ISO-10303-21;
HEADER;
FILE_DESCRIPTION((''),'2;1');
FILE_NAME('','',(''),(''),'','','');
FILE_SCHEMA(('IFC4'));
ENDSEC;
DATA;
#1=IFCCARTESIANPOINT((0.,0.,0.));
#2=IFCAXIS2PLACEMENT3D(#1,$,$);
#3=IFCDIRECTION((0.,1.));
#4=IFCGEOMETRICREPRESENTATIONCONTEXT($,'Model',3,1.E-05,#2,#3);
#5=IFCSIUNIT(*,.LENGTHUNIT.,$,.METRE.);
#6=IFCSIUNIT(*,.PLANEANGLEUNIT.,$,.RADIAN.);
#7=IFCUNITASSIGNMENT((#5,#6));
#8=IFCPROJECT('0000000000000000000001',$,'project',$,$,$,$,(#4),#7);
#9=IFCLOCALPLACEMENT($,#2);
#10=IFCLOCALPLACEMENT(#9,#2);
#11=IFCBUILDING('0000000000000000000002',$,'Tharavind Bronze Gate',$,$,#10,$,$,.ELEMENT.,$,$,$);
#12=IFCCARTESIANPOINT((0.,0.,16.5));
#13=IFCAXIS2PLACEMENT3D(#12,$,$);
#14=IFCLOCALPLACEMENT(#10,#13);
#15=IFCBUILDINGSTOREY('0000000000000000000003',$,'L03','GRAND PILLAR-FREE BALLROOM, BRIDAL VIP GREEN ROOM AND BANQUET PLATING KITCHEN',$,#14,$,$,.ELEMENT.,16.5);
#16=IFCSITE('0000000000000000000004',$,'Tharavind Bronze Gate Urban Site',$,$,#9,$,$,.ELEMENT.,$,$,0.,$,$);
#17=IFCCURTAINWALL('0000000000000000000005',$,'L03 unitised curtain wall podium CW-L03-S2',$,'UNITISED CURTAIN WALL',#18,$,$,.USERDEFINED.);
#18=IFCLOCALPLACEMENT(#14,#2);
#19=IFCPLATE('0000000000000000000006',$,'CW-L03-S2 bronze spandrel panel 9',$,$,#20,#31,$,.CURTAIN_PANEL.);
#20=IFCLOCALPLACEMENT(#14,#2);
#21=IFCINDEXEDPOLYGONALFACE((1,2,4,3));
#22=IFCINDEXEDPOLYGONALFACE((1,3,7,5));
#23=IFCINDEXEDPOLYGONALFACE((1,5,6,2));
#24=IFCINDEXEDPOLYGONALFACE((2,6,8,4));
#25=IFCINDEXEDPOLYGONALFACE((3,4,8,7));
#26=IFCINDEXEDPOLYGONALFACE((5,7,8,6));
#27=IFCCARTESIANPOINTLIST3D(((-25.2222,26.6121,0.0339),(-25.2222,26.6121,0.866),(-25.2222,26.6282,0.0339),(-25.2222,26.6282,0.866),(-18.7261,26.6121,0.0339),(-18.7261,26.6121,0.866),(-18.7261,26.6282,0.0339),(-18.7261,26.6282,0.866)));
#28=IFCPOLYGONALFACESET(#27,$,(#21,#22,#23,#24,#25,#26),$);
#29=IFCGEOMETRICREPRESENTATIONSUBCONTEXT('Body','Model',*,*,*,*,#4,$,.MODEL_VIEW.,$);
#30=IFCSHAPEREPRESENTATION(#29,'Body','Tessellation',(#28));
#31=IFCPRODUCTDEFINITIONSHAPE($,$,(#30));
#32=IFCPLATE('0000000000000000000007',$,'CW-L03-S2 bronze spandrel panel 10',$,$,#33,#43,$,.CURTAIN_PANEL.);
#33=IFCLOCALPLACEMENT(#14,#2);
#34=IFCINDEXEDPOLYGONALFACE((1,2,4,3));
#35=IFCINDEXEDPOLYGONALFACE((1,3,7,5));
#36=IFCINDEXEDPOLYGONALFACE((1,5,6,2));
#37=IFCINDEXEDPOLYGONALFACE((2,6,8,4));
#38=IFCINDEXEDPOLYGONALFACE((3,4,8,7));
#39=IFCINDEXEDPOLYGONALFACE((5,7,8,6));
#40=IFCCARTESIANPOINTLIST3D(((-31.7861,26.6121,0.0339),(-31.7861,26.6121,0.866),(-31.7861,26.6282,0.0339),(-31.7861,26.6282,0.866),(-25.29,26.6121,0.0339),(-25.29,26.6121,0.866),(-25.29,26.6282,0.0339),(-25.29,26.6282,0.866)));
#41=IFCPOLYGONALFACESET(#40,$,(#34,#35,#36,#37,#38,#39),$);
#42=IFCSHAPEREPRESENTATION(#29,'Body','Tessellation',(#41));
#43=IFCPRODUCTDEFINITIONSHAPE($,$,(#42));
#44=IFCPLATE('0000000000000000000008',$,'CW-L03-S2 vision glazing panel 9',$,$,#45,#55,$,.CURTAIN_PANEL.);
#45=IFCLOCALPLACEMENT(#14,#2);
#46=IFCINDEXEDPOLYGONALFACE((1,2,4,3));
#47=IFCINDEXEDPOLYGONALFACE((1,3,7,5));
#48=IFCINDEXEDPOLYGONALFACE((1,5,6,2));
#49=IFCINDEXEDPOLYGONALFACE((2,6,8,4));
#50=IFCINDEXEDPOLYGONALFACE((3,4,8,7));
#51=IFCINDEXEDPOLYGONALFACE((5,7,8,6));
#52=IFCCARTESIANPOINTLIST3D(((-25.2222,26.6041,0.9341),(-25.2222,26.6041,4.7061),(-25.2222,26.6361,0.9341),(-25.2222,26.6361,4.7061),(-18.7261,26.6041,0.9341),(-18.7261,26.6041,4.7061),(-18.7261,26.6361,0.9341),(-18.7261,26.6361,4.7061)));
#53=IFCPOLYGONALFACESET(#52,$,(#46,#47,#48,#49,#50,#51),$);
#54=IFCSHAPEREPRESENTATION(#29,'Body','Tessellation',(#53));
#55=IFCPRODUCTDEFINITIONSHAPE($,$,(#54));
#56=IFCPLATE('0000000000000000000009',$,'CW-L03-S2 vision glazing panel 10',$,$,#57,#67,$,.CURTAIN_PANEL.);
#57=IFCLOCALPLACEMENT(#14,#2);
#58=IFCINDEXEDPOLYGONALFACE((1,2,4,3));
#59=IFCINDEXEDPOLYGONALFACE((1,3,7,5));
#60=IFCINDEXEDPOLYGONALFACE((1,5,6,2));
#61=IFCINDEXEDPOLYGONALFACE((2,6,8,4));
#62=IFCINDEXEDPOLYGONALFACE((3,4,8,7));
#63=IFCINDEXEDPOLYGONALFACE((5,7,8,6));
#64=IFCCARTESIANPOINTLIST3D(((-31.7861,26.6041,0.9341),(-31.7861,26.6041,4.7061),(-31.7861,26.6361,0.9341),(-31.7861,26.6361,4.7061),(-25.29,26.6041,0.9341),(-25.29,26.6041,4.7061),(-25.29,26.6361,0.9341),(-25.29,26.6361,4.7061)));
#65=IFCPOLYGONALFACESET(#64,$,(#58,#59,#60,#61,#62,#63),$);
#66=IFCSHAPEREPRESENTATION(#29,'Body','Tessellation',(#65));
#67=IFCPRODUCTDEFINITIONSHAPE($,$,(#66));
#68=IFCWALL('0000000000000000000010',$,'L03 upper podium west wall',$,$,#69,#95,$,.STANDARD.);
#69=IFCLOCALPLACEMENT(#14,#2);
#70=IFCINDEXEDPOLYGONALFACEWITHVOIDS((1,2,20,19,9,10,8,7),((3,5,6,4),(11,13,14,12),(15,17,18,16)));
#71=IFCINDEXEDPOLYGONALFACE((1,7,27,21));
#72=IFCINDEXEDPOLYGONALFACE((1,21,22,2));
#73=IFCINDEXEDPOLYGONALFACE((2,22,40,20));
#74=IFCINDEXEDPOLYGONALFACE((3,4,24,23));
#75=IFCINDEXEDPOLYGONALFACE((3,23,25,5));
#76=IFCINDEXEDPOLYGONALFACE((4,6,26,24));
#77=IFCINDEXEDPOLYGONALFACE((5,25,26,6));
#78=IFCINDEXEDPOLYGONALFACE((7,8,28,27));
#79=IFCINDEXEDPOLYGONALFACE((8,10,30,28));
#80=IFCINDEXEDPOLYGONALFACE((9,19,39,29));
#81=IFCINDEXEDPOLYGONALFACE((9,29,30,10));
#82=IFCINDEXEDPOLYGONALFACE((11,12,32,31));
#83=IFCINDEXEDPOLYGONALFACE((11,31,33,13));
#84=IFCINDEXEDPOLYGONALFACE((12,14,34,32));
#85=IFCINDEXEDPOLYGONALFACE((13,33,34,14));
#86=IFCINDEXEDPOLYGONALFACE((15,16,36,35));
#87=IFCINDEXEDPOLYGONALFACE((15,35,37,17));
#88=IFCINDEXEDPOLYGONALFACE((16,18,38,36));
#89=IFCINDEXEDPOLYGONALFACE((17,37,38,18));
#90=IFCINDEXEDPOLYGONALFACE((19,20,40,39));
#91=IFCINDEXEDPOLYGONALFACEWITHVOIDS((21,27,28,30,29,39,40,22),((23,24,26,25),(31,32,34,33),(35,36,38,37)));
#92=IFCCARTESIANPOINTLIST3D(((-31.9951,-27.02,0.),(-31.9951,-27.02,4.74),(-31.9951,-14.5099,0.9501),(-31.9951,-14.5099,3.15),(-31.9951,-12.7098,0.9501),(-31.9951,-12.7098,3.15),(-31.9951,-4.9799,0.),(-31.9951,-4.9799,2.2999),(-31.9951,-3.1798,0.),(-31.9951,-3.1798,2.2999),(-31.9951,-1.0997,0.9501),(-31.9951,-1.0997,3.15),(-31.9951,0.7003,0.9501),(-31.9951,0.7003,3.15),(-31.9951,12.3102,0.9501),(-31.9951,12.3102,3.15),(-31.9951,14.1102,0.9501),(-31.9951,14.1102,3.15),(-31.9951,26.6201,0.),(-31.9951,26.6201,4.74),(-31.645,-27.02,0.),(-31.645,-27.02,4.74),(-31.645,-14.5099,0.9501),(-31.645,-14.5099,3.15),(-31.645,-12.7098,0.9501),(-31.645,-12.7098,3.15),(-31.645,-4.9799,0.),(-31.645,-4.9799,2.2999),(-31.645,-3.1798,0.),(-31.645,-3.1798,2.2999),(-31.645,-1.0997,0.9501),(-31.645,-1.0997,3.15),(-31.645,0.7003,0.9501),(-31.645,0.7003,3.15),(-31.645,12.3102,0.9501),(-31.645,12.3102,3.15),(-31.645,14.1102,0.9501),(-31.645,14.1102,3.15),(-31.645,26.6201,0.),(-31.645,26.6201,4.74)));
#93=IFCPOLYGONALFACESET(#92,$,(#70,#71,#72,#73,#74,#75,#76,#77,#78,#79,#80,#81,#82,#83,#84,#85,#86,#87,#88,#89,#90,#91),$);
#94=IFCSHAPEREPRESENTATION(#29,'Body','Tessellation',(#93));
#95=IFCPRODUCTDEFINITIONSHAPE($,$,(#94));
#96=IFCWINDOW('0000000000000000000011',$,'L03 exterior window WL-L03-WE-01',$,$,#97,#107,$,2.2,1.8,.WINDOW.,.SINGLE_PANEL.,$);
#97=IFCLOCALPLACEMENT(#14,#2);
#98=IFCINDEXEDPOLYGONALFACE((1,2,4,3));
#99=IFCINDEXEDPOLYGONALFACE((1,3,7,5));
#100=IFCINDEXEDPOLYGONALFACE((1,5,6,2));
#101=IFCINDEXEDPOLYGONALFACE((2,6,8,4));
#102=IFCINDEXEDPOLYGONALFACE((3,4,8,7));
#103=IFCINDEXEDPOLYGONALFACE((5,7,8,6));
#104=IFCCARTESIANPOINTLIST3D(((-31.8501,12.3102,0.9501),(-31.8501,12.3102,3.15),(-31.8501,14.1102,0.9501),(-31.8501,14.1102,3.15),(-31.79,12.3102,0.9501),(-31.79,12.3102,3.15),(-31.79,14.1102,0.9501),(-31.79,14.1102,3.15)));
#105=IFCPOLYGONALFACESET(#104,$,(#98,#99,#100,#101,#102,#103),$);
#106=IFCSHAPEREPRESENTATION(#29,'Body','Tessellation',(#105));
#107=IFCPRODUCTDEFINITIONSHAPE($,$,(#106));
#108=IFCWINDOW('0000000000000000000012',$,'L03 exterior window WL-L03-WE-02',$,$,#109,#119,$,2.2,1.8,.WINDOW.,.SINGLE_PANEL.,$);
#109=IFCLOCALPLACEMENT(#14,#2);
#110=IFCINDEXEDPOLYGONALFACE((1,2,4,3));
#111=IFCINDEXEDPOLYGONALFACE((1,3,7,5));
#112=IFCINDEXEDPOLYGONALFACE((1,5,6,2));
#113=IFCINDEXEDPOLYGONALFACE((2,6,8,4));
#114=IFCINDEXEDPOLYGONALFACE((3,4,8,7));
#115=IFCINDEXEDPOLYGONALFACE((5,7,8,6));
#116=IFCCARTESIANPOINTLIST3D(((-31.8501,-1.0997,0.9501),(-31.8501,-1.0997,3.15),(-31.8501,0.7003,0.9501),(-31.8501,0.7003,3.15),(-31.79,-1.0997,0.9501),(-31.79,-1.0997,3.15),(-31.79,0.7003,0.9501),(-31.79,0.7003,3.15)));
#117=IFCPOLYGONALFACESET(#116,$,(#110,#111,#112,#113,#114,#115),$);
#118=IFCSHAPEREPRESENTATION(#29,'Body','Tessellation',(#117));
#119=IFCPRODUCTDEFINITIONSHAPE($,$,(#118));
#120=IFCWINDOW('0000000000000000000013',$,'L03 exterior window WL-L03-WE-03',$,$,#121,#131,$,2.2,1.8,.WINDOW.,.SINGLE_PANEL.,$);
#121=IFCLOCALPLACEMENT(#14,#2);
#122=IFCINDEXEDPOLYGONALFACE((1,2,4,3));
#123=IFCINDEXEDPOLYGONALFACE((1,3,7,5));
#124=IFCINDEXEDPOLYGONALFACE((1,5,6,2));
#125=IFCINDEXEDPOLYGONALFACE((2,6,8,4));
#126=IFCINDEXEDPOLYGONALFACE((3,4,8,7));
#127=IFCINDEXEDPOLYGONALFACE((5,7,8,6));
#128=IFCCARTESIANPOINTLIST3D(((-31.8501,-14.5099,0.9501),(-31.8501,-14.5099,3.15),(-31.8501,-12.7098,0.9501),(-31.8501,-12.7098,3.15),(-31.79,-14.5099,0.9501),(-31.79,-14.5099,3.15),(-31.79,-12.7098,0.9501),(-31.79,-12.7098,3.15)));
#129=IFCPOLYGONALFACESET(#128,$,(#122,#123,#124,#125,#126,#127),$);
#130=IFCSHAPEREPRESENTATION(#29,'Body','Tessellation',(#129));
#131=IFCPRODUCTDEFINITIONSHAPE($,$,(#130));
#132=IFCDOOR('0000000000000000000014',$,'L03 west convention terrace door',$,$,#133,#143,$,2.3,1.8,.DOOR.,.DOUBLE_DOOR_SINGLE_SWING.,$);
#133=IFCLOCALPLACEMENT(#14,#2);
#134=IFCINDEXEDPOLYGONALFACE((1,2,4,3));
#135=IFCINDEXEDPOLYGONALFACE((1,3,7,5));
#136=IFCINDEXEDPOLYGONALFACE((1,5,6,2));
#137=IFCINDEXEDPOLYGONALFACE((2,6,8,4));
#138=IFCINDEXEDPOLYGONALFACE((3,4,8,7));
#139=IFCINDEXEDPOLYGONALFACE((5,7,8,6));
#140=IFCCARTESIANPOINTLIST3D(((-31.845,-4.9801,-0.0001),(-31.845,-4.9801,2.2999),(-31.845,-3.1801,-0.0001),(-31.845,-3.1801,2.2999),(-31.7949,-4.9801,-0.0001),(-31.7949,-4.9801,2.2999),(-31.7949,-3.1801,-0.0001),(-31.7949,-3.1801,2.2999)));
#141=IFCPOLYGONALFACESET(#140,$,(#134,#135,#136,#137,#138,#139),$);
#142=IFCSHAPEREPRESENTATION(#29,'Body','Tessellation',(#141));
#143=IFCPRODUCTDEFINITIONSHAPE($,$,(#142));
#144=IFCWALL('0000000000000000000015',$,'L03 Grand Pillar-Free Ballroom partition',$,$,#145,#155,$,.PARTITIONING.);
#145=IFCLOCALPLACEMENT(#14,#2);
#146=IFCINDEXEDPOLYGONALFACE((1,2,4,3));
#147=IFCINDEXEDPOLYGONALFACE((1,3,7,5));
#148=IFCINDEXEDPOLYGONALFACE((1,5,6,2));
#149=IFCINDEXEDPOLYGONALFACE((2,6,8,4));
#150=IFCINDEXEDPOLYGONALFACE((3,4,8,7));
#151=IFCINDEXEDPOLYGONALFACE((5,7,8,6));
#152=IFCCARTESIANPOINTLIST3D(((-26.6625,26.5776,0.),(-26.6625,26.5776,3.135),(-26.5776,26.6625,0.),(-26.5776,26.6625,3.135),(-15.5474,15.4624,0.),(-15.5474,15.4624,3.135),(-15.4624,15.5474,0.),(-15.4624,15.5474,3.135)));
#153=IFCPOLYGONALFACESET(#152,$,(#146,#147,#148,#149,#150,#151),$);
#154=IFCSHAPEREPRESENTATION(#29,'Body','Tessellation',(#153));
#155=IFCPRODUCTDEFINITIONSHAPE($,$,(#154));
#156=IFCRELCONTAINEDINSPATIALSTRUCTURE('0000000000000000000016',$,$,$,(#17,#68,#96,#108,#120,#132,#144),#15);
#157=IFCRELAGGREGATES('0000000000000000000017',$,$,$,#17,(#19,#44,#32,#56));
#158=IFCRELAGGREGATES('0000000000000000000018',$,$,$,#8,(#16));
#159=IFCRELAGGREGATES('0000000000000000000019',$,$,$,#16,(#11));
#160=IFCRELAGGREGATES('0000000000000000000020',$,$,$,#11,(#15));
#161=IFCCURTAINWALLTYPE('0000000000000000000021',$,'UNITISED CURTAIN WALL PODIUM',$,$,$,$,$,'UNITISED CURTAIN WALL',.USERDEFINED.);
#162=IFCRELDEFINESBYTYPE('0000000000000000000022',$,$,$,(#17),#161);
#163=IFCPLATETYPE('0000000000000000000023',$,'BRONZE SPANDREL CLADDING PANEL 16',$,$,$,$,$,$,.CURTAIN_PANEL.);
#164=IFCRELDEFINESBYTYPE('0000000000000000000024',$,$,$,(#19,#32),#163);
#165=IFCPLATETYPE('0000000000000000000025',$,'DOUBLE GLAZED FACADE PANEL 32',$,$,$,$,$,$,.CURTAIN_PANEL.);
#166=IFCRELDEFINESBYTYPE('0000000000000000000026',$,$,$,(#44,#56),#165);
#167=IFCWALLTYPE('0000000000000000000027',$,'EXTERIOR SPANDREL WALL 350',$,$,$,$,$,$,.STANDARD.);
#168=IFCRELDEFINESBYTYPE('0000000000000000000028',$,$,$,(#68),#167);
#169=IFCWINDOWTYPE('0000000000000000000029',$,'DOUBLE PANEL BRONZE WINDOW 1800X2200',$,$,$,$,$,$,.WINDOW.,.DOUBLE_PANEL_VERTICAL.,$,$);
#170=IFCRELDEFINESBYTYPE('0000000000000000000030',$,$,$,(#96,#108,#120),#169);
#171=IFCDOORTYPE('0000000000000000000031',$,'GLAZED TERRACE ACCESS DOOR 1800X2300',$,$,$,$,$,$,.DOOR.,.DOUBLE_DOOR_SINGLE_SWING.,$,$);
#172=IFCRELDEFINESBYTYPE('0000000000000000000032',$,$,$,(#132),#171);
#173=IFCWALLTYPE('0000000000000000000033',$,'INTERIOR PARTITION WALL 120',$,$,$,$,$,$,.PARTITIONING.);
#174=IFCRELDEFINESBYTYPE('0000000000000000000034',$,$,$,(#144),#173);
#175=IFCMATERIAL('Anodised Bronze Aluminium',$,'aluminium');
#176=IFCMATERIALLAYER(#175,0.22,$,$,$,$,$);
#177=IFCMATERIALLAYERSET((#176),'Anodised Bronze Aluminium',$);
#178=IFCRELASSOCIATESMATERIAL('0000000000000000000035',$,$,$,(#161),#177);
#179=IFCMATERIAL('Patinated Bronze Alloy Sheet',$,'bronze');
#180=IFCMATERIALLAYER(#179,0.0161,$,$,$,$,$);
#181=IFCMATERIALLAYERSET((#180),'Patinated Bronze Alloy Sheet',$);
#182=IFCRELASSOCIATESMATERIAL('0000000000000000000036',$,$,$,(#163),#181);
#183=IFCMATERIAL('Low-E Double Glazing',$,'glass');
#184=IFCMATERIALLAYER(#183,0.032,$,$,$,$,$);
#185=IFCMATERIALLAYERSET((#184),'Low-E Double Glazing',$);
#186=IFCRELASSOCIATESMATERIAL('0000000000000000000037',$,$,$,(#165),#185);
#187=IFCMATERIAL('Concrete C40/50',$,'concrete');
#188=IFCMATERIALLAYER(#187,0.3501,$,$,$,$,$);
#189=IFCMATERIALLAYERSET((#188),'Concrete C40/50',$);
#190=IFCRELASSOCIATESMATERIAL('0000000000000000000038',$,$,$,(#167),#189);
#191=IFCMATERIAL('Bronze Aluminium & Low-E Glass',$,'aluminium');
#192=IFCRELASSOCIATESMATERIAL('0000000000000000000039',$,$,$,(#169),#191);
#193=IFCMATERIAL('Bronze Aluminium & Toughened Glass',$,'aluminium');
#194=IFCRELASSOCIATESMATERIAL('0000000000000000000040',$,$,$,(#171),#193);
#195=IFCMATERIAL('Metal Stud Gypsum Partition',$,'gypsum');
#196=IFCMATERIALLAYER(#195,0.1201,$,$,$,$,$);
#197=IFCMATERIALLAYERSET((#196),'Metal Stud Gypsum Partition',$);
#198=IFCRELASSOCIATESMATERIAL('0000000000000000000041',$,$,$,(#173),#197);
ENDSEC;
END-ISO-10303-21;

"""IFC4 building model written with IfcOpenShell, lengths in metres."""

from ifc_helpers import new_model, si_unit, direction, frame, frame_2d, origin, origin_2d, place, context, subcontext, project, spatial, rectangle, extrude, material, layer, layer_set, type_object, element, fill, aggregate, save


model = new_model("IFC4")

# Units and contexts
model_context = context("Model", 3, precision=1e-05, world=origin(), true_north=direction((0.0, 1.0)))
body_context = subcontext(model_context, "Body", "Model", "MODEL_VIEW")
ifc_project = project(units=[si_unit("LENGTHUNIT", "METRE"), si_unit("PLANEANGLEUNIT", "RADIAN")], contexts=[model_context])

# Site, building, storey
site_placement = place(None, origin())
site = spatial("IfcSite", under=ifc_project, at=site_placement, Name="Tharavind Bronze Gate Urban Site", CompositionType="ELEMENT", RefElevation=0.0)
building_placement = place(site_placement, origin())
building = spatial("IfcBuilding", under=site, at=building_placement, Name="Tharavind Bronze Gate", CompositionType="ELEMENT")
storey_placement = place(building_placement, frame((0.0, 0.0, 16.5)))
storey = spatial("IfcBuildingStorey", under=building, at=storey_placement, Name="L03", Description="GRAND PILLAR-FREE BALLROOM, BRIDAL VIP GREEN ROOM AND BANQUET PLATING KITCHEN", CompositionType="ELEMENT", Elevation=16.5)

# Curtain wall
ifc_material_1 = material(Name="Anodised Bronze Aluminium", Category="aluminium")
ifc_layer_1 = layer(ifc_material_1, 0.22)
ifc_layer_set_1 = layer_set([ifc_layer_1], Name="Anodised Bronze Aluminium")
curtain_wall_type = type_object("IfcCurtainWallType", Name="UNITISED CURTAIN WALL PODIUM", ElementType="UNITISED CURTAIN WALL", PredefinedType="USERDEFINED", material=ifc_layer_set_1)
curtain_wall_placement = place(storey_placement, origin())
curtain_wall = element("IfcCurtainWall", 1, at=curtain_wall_placement, inside=storey, type_object=curtain_wall_type, Name="L03 unitised curtain wall podium CW-L03-S2", ObjectType="UNITISED CURTAIN WALL", PredefinedType="USERDEFINED")

# Plates
ifc_material_2 = material(Name="Patinated Bronze Alloy Sheet", Category="bronze")
ifc_layer_2 = layer(ifc_material_2, 0.0161)
ifc_layer_set_2 = layer_set([ifc_layer_2], Name="Patinated Bronze Alloy Sheet")
plate_type_1 = type_object("IfcPlateType", Name="BRONZE SPANDREL CLADDING PANEL 16", PredefinedType="CURTAIN_PANEL", material=ifc_layer_set_2)
plate_1_placement = place(storey_placement, frame((-21.9741, 26.6201, 0.0339), z_axis=(0.0, 0.0, 1.0), x_axis=(-1.0, 0.0, 0.0)))
plate_1 = element("IfcPlate", 2, at=plate_1_placement, type_object=plate_type_1, Name="CW-L03-S2 bronze spandrel panel 9", PredefinedType="CURTAIN_PANEL", context=body_context, shape_type="SweptSolid", body=[
    extrude(rectangle(XDim=6.4961, YDim=0.0161, at=origin_2d()), origin(), (0.0, 0.0, 1.0), 0.832),
])
plate_2_placement = place(storey_placement, frame((-28.5381, 26.6201, 0.0339), z_axis=(0.0, 0.0, 1.0), x_axis=(-1.0, 0.0, 0.0)))
plate_2 = element("IfcPlate", 3, at=plate_2_placement, type_object=plate_type_1, Name="CW-L03-S2 bronze spandrel panel 10", PredefinedType="CURTAIN_PANEL", context=body_context, shape_type="SweptSolid", body=[
    extrude(rectangle(XDim=6.4961, YDim=0.0161, at=origin_2d()), origin(), (0.0, 0.0, 1.0), 0.832),
])
ifc_material_3 = material(Name="Low-E Double Glazing", Category="glass")
ifc_layer_3 = layer(ifc_material_3, 0.032)
ifc_layer_set_3 = layer_set([ifc_layer_3], Name="Low-E Double Glazing")
plate_type_2 = type_object("IfcPlateType", Name="DOUBLE GLAZED FACADE PANEL 32", PredefinedType="CURTAIN_PANEL", material=ifc_layer_set_3)
plate_3_placement = place(storey_placement, frame((-21.9741, 26.6201, 0.9341), z_axis=(0.0, 0.0, 1.0), x_axis=(-1.0, 0.0, 0.0)))
plate_3 = element("IfcPlate", 4, at=plate_3_placement, type_object=plate_type_2, Name="CW-L03-S2 vision glazing panel 9", PredefinedType="CURTAIN_PANEL", context=body_context, shape_type="SweptSolid", body=[
    extrude(rectangle(XDim=6.4961, YDim=0.032, at=origin_2d()), origin(), (0.0, 0.0, 1.0), 3.772),
])
plate_4_placement = place(storey_placement, frame((-28.5381, 26.6201, 0.9341), z_axis=(0.0, 0.0, 1.0), x_axis=(-1.0, 0.0, 0.0)))
plate_4 = element("IfcPlate", 5, at=plate_4_placement, type_object=plate_type_2, Name="CW-L03-S2 vision glazing panel 10", PredefinedType="CURTAIN_PANEL", context=body_context, shape_type="SweptSolid", body=[
    extrude(rectangle(XDim=6.4961, YDim=0.032, at=origin_2d()), origin(), (0.0, 0.0, 1.0), 3.772),
])
aggregate(curtain_wall, [plate_1, plate_3, plate_2, plate_4])

# Wall, openings, windows, door
ifc_material_4 = material(Name="Concrete C40/50", Category="concrete")
ifc_layer_4 = layer(ifc_material_4, 0.3501)
ifc_layer_set_4 = layer_set([ifc_layer_4], Name="Concrete C40/50")
wall_type_1 = type_object("IfcWallType", Name="EXTERIOR SPANDREL WALL 350", PredefinedType="STANDARD", material=ifc_layer_set_4)
wall_1_placement = place(storey_placement, frame((-31.8201, 26.6201, 0.0), z_axis=(0.0, 0.0, 1.0), x_axis=(0.0, -1.0, 0.0)))
wall_1 = element("IfcWall", 6, at=wall_1_placement, inside=storey, type_object=wall_type_1, Name="L03 upper podium west wall", PredefinedType="STANDARD", context=body_context, shape_type="SweptSolid", body=[
    extrude(rectangle(XDim=53.6401, YDim=0.3501, at=frame_2d((26.8201, 0.0))), origin(), (0.0, 0.0, 1.0), 4.74),
])
opening_1_placement = place(wall_1_placement, frame((29.8, 0.0, 0.0)))
opening_1 = element("IfcOpeningElement", 7, at=opening_1_placement, cuts=wall_1, PredefinedType="OPENING", context=body_context, shape_type="SweptSolid", body=[
    extrude(rectangle(XDim=1.8, YDim=2.3, at=frame_2d((0.8999, 1.1499))), frame((0.0, 0.185, 0.0), z_axis=(0.0, -1.0, 0.0), x_axis=(1.0, 0.0, 0.0)), (0.0, 0.0, 1.0), 0.3701),
])
opening_2_placement = place(wall_1_placement, frame((12.51, 0.0, 0.95)))
opening_2 = element("IfcOpeningElement", 8, at=opening_2_placement, cuts=wall_1, PredefinedType="OPENING", context=body_context, shape_type="SweptSolid", body=[
    extrude(rectangle(XDim=1.8, YDim=2.2, at=frame_2d((0.8999, 1.1001))), frame((0.0, 0.185, 0.0), z_axis=(0.0, -1.0, 0.0), x_axis=(1.0, 0.0, 0.0)), (0.0, 0.0, 1.0), 0.3701),
])
opening_3_placement = place(wall_1_placement, frame((25.9199, 0.0, 0.95)))
opening_3 = element("IfcOpeningElement", 9, at=opening_3_placement, cuts=wall_1, PredefinedType="OPENING", context=body_context, shape_type="SweptSolid", body=[
    extrude(rectangle(XDim=1.8, YDim=2.2, at=frame_2d((0.8999, 1.1001))), frame((0.0, 0.185, 0.0), z_axis=(0.0, -1.0, 0.0), x_axis=(1.0, 0.0, 0.0)), (0.0, 0.0, 1.0), 0.3701),
])
opening_4_placement = place(wall_1_placement, frame((39.3301, 0.0, 0.95)))
opening_4 = element("IfcOpeningElement", 10, at=opening_4_placement, cuts=wall_1, PredefinedType="OPENING", context=body_context, shape_type="SweptSolid", body=[
    extrude(rectangle(XDim=1.8, YDim=2.2, at=frame_2d((0.8999, 1.1001))), frame((0.0, 0.185, 0.0), z_axis=(0.0, -1.0, 0.0), x_axis=(1.0, 0.0, 0.0)), (0.0, 0.0, 1.0), 0.3701),
])
ifc_material_5 = material(Name="Bronze Aluminium & Low-E Glass", Category="aluminium")
window_type = type_object("IfcWindowType", Name="DOUBLE PANEL BRONZE WINDOW 1800X2200", PartitioningType="DOUBLE_PANEL_VERTICAL", PredefinedType="WINDOW", material=ifc_material_5)
window_1_placement = place(opening_2_placement, origin())
window_1 = element("IfcWindow", 11, at=window_1_placement, inside=storey, type_object=window_type, Name="L03 exterior window WL-L03-WE-01", OverallHeight=2.2, OverallWidth=1.8, PartitioningType="SINGLE_PANEL", PredefinedType="WINDOW", context=body_context, shape_type="SweptSolid", body=[
    extrude(rectangle(XDim=1.8, YDim=2.2, at=frame_2d((0.8999, 1.1001))), frame((0.0, 0.03, 0.0), z_axis=(0.0, -1.0, 0.0), x_axis=(1.0, 0.0, 0.0)), (0.0, 0.0, 1.0), 0.0601),
])
fill(opening_2, window_1)
window_2_placement = place(opening_3_placement, origin())
window_2 = element("IfcWindow", 12, at=window_2_placement, inside=storey, type_object=window_type, Name="L03 exterior window WL-L03-WE-02", OverallHeight=2.2, OverallWidth=1.8, PartitioningType="SINGLE_PANEL", PredefinedType="WINDOW", context=body_context, shape_type="SweptSolid", body=[
    extrude(rectangle(XDim=1.8, YDim=2.2, at=frame_2d((0.8999, 1.1001))), frame((0.0, 0.03, 0.0), z_axis=(0.0, -1.0, 0.0), x_axis=(1.0, 0.0, 0.0)), (0.0, 0.0, 1.0), 0.0601),
])
fill(opening_3, window_2)
window_3_placement = place(opening_4_placement, origin())
window_3 = element("IfcWindow", 13, at=window_3_placement, inside=storey, type_object=window_type, Name="L03 exterior window WL-L03-WE-03", OverallHeight=2.2, OverallWidth=1.8, PartitioningType="SINGLE_PANEL", PredefinedType="WINDOW", context=body_context, shape_type="SweptSolid", body=[
    extrude(rectangle(XDim=1.8, YDim=2.2, at=frame_2d((0.8999, 1.1001))), frame((0.0, 0.03, 0.0), z_axis=(0.0, -1.0, 0.0), x_axis=(1.0, 0.0, 0.0)), (0.0, 0.0, 1.0), 0.0601),
])
fill(opening_4, window_3)
ifc_material_6 = material(Name="Bronze Aluminium & Toughened Glass", Category="aluminium")
door_type = type_object("IfcDoorType", Name="GLAZED TERRACE ACCESS DOOR 1800X2300", OperationType="DOUBLE_DOOR_SINGLE_SWING", PredefinedType="DOOR", material=ifc_material_6)
door_placement = place(opening_1_placement, frame((1.8, 0.0, 0.0), z_axis=(0.0, 0.0, 1.0), x_axis=(-1.0, 0.0, 0.0)))
door = element("IfcDoor", 14, at=door_placement, inside=storey, type_object=door_type, Name="L03 west convention terrace door", OperationType="DOUBLE_DOOR_SINGLE_SWING", OverallHeight=2.3, OverallWidth=1.8, PredefinedType="DOOR", context=body_context, shape_type="SweptSolid", body=[
    extrude(rectangle(XDim=1.8, YDim=2.3, at=frame_2d((0.8999, 1.1499))), frame((0.0, 0.0249, 0.0), z_axis=(0.0, -1.0, 0.0), x_axis=(1.0, 0.0, 0.0)), (0.0, 0.0, 1.0), 0.05),
])
fill(opening_1, door)

# Wall
ifc_material_7 = material(Name="Metal Stud Gypsum Partition", Category="gypsum")
ifc_layer_5 = layer(ifc_material_7, 0.1201)
ifc_layer_set_5 = layer_set([ifc_layer_5], Name="Metal Stud Gypsum Partition")
wall_type_2 = type_object("IfcWallType", Name="INTERIOR PARTITION WALL 120", PredefinedType="PARTITIONING", material=ifc_layer_set_5)
wall_2_placement = place(storey_placement, frame((-15.5049, 15.5049, 0.0), z_axis=(0.0, 0.0, 1.0), x_axis=(-0.707107, 0.707107, 0.0)))
element("IfcWall", 15, at=wall_2_placement, inside=storey, type_object=wall_type_2, Name="L03 Grand Pillar-Free Ballroom partition", PredefinedType="PARTITIONING", context=body_context, shape_type="SweptSolid", body=[
    extrude(rectangle(XDim=15.7192, YDim=0.1201, at=frame_2d((7.8596, 0.0))), origin(), (0.0, 0.0, 1.0), 3.135),
])

save(model, "model.ifc")
